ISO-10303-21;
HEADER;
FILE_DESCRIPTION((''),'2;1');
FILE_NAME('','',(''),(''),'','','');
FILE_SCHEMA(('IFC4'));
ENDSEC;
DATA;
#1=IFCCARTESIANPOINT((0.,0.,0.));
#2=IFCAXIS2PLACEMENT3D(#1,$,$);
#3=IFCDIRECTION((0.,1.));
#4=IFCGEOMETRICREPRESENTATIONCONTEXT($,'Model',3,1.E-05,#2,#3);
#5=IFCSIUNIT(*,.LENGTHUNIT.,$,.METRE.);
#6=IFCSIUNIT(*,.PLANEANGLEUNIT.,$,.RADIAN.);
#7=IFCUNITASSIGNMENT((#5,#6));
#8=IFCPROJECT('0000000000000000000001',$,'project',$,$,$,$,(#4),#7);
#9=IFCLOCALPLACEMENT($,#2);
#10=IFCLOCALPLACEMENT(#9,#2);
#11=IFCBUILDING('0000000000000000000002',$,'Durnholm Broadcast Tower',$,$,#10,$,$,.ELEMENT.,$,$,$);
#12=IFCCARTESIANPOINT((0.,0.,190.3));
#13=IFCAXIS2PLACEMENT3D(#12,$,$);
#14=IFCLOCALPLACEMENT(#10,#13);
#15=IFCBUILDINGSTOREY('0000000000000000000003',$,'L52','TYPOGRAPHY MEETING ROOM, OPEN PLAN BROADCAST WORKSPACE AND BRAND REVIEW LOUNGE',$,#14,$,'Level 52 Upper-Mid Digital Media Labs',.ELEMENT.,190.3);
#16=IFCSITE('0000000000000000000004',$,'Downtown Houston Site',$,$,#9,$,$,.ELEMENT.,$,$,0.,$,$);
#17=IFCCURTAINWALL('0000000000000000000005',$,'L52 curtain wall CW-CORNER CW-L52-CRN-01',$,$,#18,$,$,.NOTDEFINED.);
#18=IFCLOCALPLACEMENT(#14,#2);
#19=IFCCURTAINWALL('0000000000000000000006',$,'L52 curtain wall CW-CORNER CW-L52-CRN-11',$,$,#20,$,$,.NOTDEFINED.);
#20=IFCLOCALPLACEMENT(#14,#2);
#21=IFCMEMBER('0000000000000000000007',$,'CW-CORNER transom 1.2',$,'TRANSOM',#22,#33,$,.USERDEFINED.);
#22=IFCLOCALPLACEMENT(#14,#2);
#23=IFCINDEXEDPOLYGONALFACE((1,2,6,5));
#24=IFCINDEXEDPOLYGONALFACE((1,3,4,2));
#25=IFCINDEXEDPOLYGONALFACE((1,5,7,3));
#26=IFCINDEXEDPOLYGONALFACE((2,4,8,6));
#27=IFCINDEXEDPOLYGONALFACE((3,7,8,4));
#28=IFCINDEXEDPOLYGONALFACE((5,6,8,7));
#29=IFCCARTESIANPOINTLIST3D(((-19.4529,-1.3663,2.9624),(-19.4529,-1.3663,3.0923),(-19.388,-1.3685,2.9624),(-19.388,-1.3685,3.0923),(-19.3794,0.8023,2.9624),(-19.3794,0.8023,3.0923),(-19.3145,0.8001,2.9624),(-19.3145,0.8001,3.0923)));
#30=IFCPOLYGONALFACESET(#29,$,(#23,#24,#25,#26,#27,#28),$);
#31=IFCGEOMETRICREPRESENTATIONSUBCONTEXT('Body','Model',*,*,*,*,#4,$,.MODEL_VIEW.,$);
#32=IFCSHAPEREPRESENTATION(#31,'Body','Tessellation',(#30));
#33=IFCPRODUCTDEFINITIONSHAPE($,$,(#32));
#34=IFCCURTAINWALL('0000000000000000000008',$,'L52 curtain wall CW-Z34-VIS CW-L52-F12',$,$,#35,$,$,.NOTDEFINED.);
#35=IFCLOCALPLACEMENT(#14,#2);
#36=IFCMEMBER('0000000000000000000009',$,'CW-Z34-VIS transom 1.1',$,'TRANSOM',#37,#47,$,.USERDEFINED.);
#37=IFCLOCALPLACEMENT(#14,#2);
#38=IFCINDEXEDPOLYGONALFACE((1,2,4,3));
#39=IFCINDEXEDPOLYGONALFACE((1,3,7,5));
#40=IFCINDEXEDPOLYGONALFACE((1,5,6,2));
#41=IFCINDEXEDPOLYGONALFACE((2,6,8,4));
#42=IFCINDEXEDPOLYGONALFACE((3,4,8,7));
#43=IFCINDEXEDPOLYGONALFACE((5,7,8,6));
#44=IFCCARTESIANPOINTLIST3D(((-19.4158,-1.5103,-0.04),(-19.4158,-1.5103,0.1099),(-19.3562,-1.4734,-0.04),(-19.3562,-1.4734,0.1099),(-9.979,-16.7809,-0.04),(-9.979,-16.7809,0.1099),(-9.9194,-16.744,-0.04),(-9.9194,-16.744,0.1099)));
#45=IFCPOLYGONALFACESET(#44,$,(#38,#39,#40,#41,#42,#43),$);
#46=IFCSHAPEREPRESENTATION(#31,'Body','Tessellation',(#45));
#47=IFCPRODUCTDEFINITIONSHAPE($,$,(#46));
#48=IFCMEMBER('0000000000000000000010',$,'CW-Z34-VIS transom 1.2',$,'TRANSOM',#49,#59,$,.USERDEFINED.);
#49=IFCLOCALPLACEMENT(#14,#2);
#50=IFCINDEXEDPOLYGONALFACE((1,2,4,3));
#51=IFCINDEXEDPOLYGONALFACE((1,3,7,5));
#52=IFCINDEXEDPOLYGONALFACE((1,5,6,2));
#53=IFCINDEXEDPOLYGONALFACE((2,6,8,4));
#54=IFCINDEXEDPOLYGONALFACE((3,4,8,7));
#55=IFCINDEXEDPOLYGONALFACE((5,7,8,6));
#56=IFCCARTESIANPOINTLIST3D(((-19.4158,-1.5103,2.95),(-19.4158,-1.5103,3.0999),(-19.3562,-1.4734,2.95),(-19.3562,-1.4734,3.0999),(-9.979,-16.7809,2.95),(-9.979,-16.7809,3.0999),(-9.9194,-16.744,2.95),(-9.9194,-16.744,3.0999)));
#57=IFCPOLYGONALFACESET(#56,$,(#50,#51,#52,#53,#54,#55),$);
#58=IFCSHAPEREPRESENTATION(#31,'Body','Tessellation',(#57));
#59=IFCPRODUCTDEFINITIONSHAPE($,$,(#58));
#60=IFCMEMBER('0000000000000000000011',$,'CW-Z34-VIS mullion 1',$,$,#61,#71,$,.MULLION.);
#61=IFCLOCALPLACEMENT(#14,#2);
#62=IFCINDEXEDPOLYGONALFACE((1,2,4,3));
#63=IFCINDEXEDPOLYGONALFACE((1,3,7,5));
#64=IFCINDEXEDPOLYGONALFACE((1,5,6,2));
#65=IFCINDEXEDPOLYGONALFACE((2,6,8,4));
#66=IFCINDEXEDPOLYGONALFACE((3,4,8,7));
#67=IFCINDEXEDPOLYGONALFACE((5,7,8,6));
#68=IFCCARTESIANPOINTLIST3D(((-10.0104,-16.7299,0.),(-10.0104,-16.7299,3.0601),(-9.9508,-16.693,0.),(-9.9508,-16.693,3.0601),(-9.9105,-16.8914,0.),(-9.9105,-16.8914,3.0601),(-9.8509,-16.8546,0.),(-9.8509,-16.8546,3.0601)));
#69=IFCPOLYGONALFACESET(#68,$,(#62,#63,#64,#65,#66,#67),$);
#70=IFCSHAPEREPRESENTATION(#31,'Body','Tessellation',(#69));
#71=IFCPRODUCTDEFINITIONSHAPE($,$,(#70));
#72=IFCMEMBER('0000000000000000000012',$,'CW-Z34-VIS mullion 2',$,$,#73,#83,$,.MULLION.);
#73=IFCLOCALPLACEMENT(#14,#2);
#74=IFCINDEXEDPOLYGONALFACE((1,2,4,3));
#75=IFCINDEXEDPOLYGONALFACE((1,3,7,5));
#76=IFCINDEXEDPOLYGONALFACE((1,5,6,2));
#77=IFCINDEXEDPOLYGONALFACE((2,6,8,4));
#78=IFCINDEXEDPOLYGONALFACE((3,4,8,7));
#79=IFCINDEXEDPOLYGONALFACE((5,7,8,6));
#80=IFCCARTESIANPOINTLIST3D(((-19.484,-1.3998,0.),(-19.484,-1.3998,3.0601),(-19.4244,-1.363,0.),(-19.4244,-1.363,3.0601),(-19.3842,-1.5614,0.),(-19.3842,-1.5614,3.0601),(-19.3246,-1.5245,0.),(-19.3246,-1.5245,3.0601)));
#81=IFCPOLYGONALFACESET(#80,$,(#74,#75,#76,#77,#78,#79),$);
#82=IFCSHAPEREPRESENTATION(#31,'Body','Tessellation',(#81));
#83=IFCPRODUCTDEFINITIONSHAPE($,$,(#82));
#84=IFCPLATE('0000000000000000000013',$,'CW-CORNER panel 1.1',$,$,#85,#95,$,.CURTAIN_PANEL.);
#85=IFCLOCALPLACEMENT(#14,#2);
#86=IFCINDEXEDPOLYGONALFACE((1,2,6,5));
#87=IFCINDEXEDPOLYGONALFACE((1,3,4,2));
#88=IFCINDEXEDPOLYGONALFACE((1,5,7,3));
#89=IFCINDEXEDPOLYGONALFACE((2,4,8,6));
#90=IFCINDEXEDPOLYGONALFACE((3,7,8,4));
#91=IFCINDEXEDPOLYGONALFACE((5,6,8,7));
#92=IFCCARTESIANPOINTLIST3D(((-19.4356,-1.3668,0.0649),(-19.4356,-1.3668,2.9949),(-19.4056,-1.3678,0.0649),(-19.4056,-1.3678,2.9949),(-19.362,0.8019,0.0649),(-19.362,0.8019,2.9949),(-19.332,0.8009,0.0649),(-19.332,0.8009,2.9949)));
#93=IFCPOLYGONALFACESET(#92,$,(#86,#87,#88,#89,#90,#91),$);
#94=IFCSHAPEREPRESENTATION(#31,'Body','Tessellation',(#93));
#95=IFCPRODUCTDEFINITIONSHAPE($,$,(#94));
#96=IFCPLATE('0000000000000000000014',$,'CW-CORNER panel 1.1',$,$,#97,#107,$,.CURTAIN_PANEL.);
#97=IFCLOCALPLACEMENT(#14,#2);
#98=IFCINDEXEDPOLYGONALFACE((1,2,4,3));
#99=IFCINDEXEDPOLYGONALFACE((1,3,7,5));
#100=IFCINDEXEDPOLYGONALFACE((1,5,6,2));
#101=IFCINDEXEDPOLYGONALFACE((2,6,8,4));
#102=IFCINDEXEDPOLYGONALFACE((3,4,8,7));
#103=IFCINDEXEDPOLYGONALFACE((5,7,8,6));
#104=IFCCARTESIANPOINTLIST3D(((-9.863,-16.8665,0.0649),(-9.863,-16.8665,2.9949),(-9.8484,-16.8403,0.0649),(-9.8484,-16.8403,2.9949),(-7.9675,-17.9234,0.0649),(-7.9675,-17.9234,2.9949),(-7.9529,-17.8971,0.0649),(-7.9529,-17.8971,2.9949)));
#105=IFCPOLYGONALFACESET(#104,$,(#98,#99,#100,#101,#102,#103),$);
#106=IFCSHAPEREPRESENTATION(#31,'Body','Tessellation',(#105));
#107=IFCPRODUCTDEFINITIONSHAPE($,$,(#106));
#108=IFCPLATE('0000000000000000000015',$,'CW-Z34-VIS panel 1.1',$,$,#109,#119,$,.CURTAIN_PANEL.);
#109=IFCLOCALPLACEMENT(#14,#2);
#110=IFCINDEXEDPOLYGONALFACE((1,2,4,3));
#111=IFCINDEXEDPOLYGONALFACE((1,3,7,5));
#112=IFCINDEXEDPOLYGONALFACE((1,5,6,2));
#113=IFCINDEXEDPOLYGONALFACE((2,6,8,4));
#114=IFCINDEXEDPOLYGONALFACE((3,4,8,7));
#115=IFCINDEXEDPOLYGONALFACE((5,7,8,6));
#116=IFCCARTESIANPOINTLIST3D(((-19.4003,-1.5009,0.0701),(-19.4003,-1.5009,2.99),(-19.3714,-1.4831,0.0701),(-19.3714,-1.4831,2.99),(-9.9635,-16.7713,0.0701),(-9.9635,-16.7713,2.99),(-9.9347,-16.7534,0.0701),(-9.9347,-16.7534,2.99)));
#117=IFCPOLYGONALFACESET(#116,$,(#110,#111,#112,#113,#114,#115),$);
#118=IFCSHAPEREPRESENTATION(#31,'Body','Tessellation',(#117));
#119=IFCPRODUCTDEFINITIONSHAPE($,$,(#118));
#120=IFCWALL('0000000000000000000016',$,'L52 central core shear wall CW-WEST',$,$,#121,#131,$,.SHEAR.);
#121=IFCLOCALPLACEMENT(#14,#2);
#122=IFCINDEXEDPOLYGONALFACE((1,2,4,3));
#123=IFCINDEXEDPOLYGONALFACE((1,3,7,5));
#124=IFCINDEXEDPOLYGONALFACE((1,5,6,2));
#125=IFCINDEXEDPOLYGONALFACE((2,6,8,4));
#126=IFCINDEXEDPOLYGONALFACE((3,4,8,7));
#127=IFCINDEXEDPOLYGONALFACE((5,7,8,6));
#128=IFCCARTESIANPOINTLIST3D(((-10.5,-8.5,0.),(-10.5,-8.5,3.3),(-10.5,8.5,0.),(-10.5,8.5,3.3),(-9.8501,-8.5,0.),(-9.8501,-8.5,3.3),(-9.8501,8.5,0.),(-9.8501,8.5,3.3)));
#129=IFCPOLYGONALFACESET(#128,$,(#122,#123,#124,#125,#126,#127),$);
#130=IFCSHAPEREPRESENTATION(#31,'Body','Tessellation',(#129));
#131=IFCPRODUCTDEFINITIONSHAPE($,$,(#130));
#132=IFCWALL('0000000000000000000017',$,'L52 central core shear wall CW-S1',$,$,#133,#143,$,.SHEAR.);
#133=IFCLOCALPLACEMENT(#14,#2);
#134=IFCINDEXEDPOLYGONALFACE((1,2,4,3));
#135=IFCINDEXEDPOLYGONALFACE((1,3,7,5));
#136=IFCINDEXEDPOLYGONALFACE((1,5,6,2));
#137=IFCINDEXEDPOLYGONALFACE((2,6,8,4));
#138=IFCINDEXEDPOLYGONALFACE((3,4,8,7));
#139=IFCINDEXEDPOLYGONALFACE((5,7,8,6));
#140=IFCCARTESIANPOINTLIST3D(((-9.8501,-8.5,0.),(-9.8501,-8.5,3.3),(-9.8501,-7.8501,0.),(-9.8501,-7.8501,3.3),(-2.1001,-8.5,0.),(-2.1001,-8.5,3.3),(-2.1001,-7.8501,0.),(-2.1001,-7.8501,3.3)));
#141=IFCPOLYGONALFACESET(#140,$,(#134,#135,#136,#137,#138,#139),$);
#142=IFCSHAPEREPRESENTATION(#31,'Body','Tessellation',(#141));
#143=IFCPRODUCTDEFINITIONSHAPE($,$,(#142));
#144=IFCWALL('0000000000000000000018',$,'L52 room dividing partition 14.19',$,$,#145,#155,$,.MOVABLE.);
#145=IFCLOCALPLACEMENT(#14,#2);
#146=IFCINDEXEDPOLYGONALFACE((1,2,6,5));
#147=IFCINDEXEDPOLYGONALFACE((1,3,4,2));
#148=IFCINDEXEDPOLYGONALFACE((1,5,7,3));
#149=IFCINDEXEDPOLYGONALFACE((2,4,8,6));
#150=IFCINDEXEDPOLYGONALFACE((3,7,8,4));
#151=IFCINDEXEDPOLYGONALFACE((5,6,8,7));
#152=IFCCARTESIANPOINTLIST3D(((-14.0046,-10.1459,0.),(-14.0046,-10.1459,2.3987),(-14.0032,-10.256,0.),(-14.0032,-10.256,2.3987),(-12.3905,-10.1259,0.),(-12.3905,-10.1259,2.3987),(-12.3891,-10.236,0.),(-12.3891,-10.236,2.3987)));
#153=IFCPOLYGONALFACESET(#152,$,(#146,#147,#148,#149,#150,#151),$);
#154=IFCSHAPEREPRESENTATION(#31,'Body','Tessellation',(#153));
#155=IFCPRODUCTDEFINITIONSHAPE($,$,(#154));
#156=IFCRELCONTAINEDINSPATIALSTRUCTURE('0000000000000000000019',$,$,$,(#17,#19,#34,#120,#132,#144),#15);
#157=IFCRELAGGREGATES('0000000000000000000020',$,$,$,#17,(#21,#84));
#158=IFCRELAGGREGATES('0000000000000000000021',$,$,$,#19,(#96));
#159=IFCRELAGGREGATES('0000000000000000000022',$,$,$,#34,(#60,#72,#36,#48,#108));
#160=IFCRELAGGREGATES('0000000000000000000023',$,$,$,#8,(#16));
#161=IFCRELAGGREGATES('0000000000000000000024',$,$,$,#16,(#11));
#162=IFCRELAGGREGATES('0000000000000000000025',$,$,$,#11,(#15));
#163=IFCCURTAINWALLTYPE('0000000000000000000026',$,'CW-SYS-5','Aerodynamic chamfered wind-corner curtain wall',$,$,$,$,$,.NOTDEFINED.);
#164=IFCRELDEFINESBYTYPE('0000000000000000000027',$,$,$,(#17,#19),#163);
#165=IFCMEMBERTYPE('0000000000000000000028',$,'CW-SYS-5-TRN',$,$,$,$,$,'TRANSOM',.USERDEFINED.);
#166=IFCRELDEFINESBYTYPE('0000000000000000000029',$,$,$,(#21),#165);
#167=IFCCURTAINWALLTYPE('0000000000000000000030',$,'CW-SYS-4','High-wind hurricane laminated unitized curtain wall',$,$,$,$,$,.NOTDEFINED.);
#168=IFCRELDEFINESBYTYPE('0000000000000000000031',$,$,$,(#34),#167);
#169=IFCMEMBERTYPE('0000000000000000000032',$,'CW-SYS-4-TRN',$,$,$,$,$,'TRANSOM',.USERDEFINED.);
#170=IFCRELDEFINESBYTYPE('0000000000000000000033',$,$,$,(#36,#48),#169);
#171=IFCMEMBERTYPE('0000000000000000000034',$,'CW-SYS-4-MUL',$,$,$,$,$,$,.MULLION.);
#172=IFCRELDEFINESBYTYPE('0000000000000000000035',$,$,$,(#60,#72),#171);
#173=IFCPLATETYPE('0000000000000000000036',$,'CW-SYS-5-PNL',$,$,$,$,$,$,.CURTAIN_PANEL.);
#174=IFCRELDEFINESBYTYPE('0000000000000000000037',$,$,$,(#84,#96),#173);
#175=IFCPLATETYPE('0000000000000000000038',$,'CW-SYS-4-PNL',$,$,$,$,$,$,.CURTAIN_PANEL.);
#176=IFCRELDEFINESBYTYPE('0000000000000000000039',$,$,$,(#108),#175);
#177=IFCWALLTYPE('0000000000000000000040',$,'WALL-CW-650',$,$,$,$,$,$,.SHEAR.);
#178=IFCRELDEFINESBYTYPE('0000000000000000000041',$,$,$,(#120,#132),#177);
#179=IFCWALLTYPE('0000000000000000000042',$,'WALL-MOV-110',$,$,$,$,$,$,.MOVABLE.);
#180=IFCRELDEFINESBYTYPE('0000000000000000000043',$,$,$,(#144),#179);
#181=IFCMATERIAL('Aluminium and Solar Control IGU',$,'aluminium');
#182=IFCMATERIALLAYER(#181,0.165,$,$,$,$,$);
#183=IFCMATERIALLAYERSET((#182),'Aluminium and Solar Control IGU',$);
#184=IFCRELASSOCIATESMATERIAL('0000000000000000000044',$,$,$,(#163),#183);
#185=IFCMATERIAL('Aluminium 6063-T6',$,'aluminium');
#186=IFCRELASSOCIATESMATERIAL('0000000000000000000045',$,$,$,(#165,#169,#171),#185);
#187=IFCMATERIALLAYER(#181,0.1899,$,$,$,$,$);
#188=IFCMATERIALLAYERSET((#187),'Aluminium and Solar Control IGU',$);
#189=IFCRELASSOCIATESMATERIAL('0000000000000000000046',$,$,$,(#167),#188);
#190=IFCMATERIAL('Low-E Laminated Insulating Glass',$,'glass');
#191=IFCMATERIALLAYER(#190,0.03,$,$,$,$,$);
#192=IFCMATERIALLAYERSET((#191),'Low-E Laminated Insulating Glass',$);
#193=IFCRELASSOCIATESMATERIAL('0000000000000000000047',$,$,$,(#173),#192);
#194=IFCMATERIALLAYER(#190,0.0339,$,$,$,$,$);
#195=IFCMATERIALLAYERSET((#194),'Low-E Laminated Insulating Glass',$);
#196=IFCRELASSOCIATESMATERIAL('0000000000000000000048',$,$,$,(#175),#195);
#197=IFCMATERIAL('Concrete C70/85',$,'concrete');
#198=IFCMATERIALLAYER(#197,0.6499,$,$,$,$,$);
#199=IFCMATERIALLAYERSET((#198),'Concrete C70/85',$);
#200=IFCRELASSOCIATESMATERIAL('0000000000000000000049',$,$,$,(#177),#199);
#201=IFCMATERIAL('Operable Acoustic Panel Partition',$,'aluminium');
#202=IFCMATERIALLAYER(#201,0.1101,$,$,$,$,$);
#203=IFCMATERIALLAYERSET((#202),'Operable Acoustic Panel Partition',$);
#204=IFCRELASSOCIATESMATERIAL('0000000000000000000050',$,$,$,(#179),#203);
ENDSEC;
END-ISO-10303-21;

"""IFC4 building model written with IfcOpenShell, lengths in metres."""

from ifc_helpers import new_model, si_unit, direction, frame, frame_2d, origin, origin_2d, place, context, subcontext, project, spatial, rectangle, extrude, source, transform, mapped, material, layer, layer_set, material_profile, profile_set, type_object, type_shapes, element, aggregate, save


model = new_model("IFC4")

# Units and contexts
model_context = context("Model", 3, precision=1e-05, world=origin(), true_north=direction((0.0, 1.0)))
body_context = subcontext(model_context, "Body", "Model", "MODEL_VIEW")
ifc_project = project(units=[si_unit("LENGTHUNIT", "METRE"), si_unit("PLANEANGLEUNIT", "RADIAN")], contexts=[model_context])

# Site, building, storey
site_placement = place(None, origin())
site = spatial("IfcSite", under=ifc_project, at=site_placement, Name="Downtown Houston Site", CompositionType="ELEMENT", RefElevation=0.0)
building_placement = place(site_placement, origin())
building = spatial("IfcBuilding", under=site, at=building_placement, Name="Durnholm Broadcast Tower", CompositionType="ELEMENT")
storey_placement = place(building_placement, frame((0.0, 0.0, 190.3)))
storey = spatial("IfcBuildingStorey", under=building, at=storey_placement, Name="L52", Description="TYPOGRAPHY MEETING ROOM, OPEN PLAN BROADCAST WORKSPACE AND BRAND REVIEW LOUNGE", LongName="Level 52 Upper-Mid Digital Media Labs", CompositionType="ELEMENT", Elevation=190.3)

# Shared definitions
ifc_material_1 = material(Name="Concrete C70/85", Category="concrete")

# Curtain walls
ifc_material_2 = material(Name="Aluminium and Solar Control IGU", Category="aluminium")
ifc_layer_1 = layer(ifc_material_2, 0.165)
ifc_layer_set_1 = layer_set([ifc_layer_1], Name="Aluminium and Solar Control IGU")
curtain_wall_type_1 = type_object("IfcCurtainWallType", Name="CW-SYS-5", Description="Aerodynamic chamfered wind-corner curtain wall", PredefinedType="NOTDEFINED", material=ifc_layer_set_1)
curtain_wall_1_placement = place(storey_placement, origin())
curtain_wall_1 = element("IfcCurtainWall", 1, at=curtain_wall_1_placement, inside=storey, type_object=curtain_wall_type_1, Name="L52 curtain wall CW-CORNER CW-L52-CRN-01", PredefinedType="NOTDEFINED")
ifc_material_3 = material(Name="Aluminium 6063-T6", Category="aluminium")
curtain_wall_2_placement = place(storey_placement, origin())
curtain_wall_2 = element("IfcCurtainWall", 2, at=curtain_wall_2_placement, inside=storey, type_object=curtain_wall_type_1, Name="L52 curtain wall CW-CORNER CW-L52-CRN-11", PredefinedType="NOTDEFINED")

# Member
ifc_material_profile_1 = material_profile(ifc_material_3, rectangle(XDim=0.0649, YDim=0.1299, at=origin_2d()), Name="CWT65X130")
ifc_profile_set_1 = profile_set([ifc_material_profile_1], Name="Aluminium 6063-T6")
member_type_1 = type_object("IfcMemberType", Name="CW-SYS-5-TRN", ElementType="TRANSOM", PredefinedType="USERDEFINED", material=ifc_profile_set_1)
shared_shape_1 = source(origin(), body_context, "Body", "SweptSolid", [
    extrude(rectangle(XDim=0.0649, YDim=0.1299, at=origin_2d()), origin(), (0.0, 0.0, 1.0), 2.1699),
])
type_shapes(member_type_1, [shared_shape_1])
member_1_placement = place(storey_placement, frame((-19.4204, -1.3674, 3.0273), z_axis=(0.033866, 0.999426, 0.0), x_axis=(-0.999426, 0.033866, 0.0)))
member_1 = element("IfcMember", 3, at=member_1_placement, type_object=member_type_1, Name="CW-CORNER transom 1.2", ObjectType="TRANSOM", PredefinedType="USERDEFINED", context=body_context, shape_type="MappedRepresentation", body=[
    mapped(shared_shape_1, transform((0.0, 0.0, 0.0), x_axis=(1.0, 0.0, 0.0), y_axis=(0.0, 1.0, 0.0), z_axis=(0.0, 0.0, 1.0), scale=1.0)),
])

# Curtain wall, members
ifc_layer_2 = layer(ifc_material_2, 0.1899)
ifc_layer_set_2 = layer_set([ifc_layer_2], Name="Aluminium and Solar Control IGU")
curtain_wall_type_2 = type_object("IfcCurtainWallType", Name="CW-SYS-4", Description="High-wind hurricane laminated unitized curtain wall", PredefinedType="NOTDEFINED", material=ifc_layer_set_2)
curtain_wall_3_placement = place(storey_placement, origin())
curtain_wall_3 = element("IfcCurtainWall", 4, at=curtain_wall_3_placement, inside=storey, type_object=curtain_wall_type_2, Name="L52 curtain wall CW-Z34-VIS CW-L52-F12", PredefinedType="NOTDEFINED")
ifc_material_profile_2 = material_profile(ifc_material_3, rectangle(XDim=0.0701, YDim=0.1499, at=origin_2d()), Name="CWT70X150")
ifc_profile_set_2 = profile_set([ifc_material_profile_2], Name="Aluminium 6063-T6")
member_type_2 = type_object("IfcMemberType", Name="CW-SYS-4-TRN", ElementType="TRANSOM", PredefinedType="USERDEFINED", material=ifc_profile_set_2)
shared_shape_2 = source(origin(), body_context, "Body", "SweptSolid", [
    extrude(rectangle(XDim=0.0701, YDim=0.1499, at=origin_2d()), origin(), (0.0, 0.0, 1.0), 17.9512),
])
type_shapes(member_type_2, [shared_shape_2])
member_2_placement = place(storey_placement, frame((-9.9492, -16.7625, 0.0349), z_axis=(-0.525694, 0.850674, 0.0), x_axis=(-0.850674, -0.525694, 0.0)))
member_2 = element("IfcMember", 5, at=member_2_placement, type_object=member_type_2, Name="CW-Z34-VIS transom 1.1", ObjectType="TRANSOM", PredefinedType="USERDEFINED", context=body_context, shape_type="MappedRepresentation", body=[
    mapped(shared_shape_2, transform((0.0, 0.0, 0.0), x_axis=(1.0, 0.0, 0.0), y_axis=(0.0, 1.0, 0.0), z_axis=(0.0, 0.0, 1.0), scale=1.0)),
])
member_3_placement = place(storey_placement, frame((-9.9492, -16.7625, 3.0249), z_axis=(-0.525694, 0.850674, 0.0), x_axis=(-0.850674, -0.525694, 0.0)))
member_3 = element("IfcMember", 6, at=member_3_placement, type_object=member_type_2, Name="CW-Z34-VIS transom 1.2", ObjectType="TRANSOM", PredefinedType="USERDEFINED", context=body_context, shape_type="MappedRepresentation", body=[
    mapped(shared_shape_2, transform((0.0, 0.0, 0.0), x_axis=(1.0, 0.0, 0.0), y_axis=(0.0, 1.0, 0.0), z_axis=(0.0, 0.0, 1.0), scale=1.0)),
])
ifc_material_profile_3 = material_profile(ifc_material_3, rectangle(XDim=0.0701, YDim=0.1899, at=origin_2d()), Name="CWM70X190")
ifc_profile_set_3 = profile_set([ifc_material_profile_3], Name="Aluminium 6063-T6")
member_type_3 = type_object("IfcMemberType", Name="CW-SYS-4-MUL", PredefinedType="MULLION", material=ifc_profile_set_3)
shared_shape_3 = source(origin(), body_context, "Body", "SweptSolid", [
    extrude(rectangle(XDim=0.0701, YDim=0.1899, at=origin_2d()), origin(), (0.0, 0.0, 1.0), 3.0601),
])
type_shapes(member_type_3, [shared_shape_3])
member_4_placement = place(storey_placement, frame((-9.9307, -16.7922, 0.0), z_axis=(0.0, 0.0, 1.0), x_axis=(-0.850671, -0.525698, 0.0)))
member_4 = element("IfcMember", 7, at=member_4_placement, type_object=member_type_3, Name="CW-Z34-VIS mullion 1", PredefinedType="MULLION", context=body_context, shape_type="MappedRepresentation", body=[
    mapped(shared_shape_3, transform((0.0, 0.0, 0.0), x_axis=(1.0, 0.0, 0.0), y_axis=(0.0, 1.0, 0.0), z_axis=(0.0, 0.0, 1.0), scale=1.0)),
])
member_5_placement = place(storey_placement, frame((-19.4043, -1.4622, 0.0), z_axis=(0.0, 0.0, 1.0), x_axis=(-0.850671, -0.525698, 0.0)))
member_5 = element("IfcMember", 8, at=member_5_placement, type_object=member_type_3, Name="CW-Z34-VIS mullion 2", PredefinedType="MULLION", context=body_context, shape_type="MappedRepresentation", body=[
    mapped(shared_shape_3, transform((0.0, 0.0, 0.0), x_axis=(1.0, 0.0, 0.0), y_axis=(0.0, 1.0, 0.0), z_axis=(0.0, 0.0, 1.0), scale=1.0)),
])

# Plates
ifc_material_4 = material(Name="Low-E Laminated Insulating Glass", Category="glass")
ifc_layer_3 = layer(ifc_material_4, 0.03)
ifc_layer_set_3 = layer_set([ifc_layer_3], Name="Low-E Laminated Insulating Glass")
plate_type_1 = type_object("IfcPlateType", Name="CW-SYS-5-PNL", PredefinedType="CURTAIN_PANEL", material=ifc_layer_set_3)
shared_shape_4 = source(origin(), body_context, "Body", "SweptSolid", [
    extrude(rectangle(XDim=2.1699, YDim=0.03, at=origin_2d()), origin(), (0.0, 0.0, 1.0), 2.9299),
])
plate_1_placement = place(storey_placement, frame((-19.3838, -0.283, 0.0649), z_axis=(0.0, 0.0, 1.0), x_axis=(0.033913, 0.999425, 0.0)))
plate_1 = element("IfcPlate", 9, at=plate_1_placement, type_object=plate_type_1, Name="CW-CORNER panel 1.1", PredefinedType="CURTAIN_PANEL", context=body_context, shape_type="MappedRepresentation", body=[
    mapped(shared_shape_4, transform((0.0, 0.0, 0.0), x_axis=(1.0, 0.0, 0.0), y_axis=(0.0, 1.0, 0.0), z_axis=(0.0, 0.0, 1.0), scale=1.0)),
])
aggregate(curtain_wall_1, [member_1, plate_1])
shared_shape_5 = source(origin(), body_context, "Body", "SweptSolid", [
    extrude(rectangle(XDim=2.1702, YDim=0.03, at=origin_2d()), origin(), (0.0, 0.0, 1.0), 2.9299),
])
type_shapes(plate_type_1, [shared_shape_4, shared_shape_5])
plate_2_placement = place(storey_placement, frame((-8.908, -17.3818, 0.0649), z_axis=(0.0, 0.0, 1.0), x_axis=(-0.87341, 0.486986, 0.0)))
plate_2 = element("IfcPlate", 10, at=plate_2_placement, type_object=plate_type_1, Name="CW-CORNER panel 1.1", PredefinedType="CURTAIN_PANEL", context=body_context, shape_type="MappedRepresentation", body=[
    mapped(shared_shape_5, transform((0.0, 0.0, 0.0), x_axis=(1.0, 0.0, 0.0), y_axis=(0.0, 1.0, 0.0), z_axis=(0.0, 0.0, 1.0), scale=1.0)),
])
aggregate(curtain_wall_2, [plate_2])
ifc_layer_4 = layer(ifc_material_4, 0.0339)
ifc_layer_set_4 = layer_set([ifc_layer_4], Name="Low-E Laminated Insulating Glass")
plate_type_2 = type_object("IfcPlateType", Name="CW-SYS-4-PNL", PredefinedType="CURTAIN_PANEL", material=ifc_layer_set_4)
shared_shape_6 = source(origin(), body_context, "Body", "SweptSolid", [
    extrude(rectangle(XDim=17.9509, YDim=0.0339, at=origin_2d()), origin(), (0.0, 0.0, 1.0), 2.9199),
])
type_shapes(plate_type_2, [shared_shape_6])
plate_3_placement = place(storey_placement, frame((-14.6675, -9.1272, 0.0701), z_axis=(0.0, 0.0, 1.0), x_axis=(-0.525698, 0.850671, 0.0)))
plate_3 = element("IfcPlate", 11, at=plate_3_placement, type_object=plate_type_2, Name="CW-Z34-VIS panel 1.1", PredefinedType="CURTAIN_PANEL", context=body_context, shape_type="MappedRepresentation", body=[
    mapped(shared_shape_6, transform((0.0, 0.0, 0.0), x_axis=(1.0, 0.0, 0.0), y_axis=(0.0, 1.0, 0.0), z_axis=(0.0, 0.0, 1.0), scale=1.0)),
])
aggregate(curtain_wall_3, [member_4, member_5, member_2, member_3, plate_3])

# Walls
ifc_layer_5 = layer(ifc_material_1, 0.6499)
ifc_layer_set_5 = layer_set([ifc_layer_5], Name="Concrete C70/85")
wall_type_1 = type_object("IfcWallType", Name="WALL-CW-650", PredefinedType="SHEAR", material=ifc_layer_set_5)
wall_1_placement = place(storey_placement, frame((-10.175, -8.5, 0.0), z_axis=(0.0, 0.0, 1.0), x_axis=(0.0, 1.0, 0.0)))
element("IfcWall", 12, at=wall_1_placement, inside=storey, type_object=wall_type_1, Name="L52 central core shear wall CW-WEST", PredefinedType="SHEAR", context=body_context, shape_type="SweptSolid", body=[
    extrude(rectangle(XDim=17.0, YDim=0.6499, at=frame_2d((8.5, 0.0))), origin(), (0.0, 0.0, 1.0), 3.3),
])
wall_2_placement = place(storey_placement, frame((-9.8501, -8.175, 0.0), z_axis=(0.0, 0.0, 1.0), x_axis=(1.0, 0.0, 0.0)))
element("IfcWall", 13, at=wall_2_placement, inside=storey, type_object=wall_type_1, Name="L52 central core shear wall CW-S1", PredefinedType="SHEAR", context=body_context, shape_type="SweptSolid", body=[
    extrude(rectangle(XDim=7.75, YDim=0.6499, at=frame_2d((3.875, 0.0))), origin(), (0.0, 0.0, 1.0), 3.3),
])
ifc_material_5 = material(Name="Operable Acoustic Panel Partition", Category="aluminium")
ifc_layer_6 = layer(ifc_material_5, 0.1101)
ifc_layer_set_6 = layer_set([ifc_layer_6], Name="Operable Acoustic Panel Partition")
wall_type_2 = type_object("IfcWallType", Name="WALL-MOV-110", PredefinedType="MOVABLE", material=ifc_layer_set_6)
wall_3_placement = place(storey_placement, frame((-14.0039, -10.2009, 0.0), z_axis=(0.0, 0.0, 1.0), x_axis=(0.999923, 0.012403, 0.0)))
element("IfcWall", 14, at=wall_3_placement, inside=storey, type_object=wall_type_2, Name="L52 room dividing partition 14.19", PredefinedType="MOVABLE", context=body_context, shape_type="SweptSolid", body=[
    extrude(rectangle(XDim=1.6143, YDim=0.1101, at=frame_2d((0.8071, 0.0))), origin(), (0.0, 0.0, 1.0), 2.3987),
])

save(model, "model.ifc")
